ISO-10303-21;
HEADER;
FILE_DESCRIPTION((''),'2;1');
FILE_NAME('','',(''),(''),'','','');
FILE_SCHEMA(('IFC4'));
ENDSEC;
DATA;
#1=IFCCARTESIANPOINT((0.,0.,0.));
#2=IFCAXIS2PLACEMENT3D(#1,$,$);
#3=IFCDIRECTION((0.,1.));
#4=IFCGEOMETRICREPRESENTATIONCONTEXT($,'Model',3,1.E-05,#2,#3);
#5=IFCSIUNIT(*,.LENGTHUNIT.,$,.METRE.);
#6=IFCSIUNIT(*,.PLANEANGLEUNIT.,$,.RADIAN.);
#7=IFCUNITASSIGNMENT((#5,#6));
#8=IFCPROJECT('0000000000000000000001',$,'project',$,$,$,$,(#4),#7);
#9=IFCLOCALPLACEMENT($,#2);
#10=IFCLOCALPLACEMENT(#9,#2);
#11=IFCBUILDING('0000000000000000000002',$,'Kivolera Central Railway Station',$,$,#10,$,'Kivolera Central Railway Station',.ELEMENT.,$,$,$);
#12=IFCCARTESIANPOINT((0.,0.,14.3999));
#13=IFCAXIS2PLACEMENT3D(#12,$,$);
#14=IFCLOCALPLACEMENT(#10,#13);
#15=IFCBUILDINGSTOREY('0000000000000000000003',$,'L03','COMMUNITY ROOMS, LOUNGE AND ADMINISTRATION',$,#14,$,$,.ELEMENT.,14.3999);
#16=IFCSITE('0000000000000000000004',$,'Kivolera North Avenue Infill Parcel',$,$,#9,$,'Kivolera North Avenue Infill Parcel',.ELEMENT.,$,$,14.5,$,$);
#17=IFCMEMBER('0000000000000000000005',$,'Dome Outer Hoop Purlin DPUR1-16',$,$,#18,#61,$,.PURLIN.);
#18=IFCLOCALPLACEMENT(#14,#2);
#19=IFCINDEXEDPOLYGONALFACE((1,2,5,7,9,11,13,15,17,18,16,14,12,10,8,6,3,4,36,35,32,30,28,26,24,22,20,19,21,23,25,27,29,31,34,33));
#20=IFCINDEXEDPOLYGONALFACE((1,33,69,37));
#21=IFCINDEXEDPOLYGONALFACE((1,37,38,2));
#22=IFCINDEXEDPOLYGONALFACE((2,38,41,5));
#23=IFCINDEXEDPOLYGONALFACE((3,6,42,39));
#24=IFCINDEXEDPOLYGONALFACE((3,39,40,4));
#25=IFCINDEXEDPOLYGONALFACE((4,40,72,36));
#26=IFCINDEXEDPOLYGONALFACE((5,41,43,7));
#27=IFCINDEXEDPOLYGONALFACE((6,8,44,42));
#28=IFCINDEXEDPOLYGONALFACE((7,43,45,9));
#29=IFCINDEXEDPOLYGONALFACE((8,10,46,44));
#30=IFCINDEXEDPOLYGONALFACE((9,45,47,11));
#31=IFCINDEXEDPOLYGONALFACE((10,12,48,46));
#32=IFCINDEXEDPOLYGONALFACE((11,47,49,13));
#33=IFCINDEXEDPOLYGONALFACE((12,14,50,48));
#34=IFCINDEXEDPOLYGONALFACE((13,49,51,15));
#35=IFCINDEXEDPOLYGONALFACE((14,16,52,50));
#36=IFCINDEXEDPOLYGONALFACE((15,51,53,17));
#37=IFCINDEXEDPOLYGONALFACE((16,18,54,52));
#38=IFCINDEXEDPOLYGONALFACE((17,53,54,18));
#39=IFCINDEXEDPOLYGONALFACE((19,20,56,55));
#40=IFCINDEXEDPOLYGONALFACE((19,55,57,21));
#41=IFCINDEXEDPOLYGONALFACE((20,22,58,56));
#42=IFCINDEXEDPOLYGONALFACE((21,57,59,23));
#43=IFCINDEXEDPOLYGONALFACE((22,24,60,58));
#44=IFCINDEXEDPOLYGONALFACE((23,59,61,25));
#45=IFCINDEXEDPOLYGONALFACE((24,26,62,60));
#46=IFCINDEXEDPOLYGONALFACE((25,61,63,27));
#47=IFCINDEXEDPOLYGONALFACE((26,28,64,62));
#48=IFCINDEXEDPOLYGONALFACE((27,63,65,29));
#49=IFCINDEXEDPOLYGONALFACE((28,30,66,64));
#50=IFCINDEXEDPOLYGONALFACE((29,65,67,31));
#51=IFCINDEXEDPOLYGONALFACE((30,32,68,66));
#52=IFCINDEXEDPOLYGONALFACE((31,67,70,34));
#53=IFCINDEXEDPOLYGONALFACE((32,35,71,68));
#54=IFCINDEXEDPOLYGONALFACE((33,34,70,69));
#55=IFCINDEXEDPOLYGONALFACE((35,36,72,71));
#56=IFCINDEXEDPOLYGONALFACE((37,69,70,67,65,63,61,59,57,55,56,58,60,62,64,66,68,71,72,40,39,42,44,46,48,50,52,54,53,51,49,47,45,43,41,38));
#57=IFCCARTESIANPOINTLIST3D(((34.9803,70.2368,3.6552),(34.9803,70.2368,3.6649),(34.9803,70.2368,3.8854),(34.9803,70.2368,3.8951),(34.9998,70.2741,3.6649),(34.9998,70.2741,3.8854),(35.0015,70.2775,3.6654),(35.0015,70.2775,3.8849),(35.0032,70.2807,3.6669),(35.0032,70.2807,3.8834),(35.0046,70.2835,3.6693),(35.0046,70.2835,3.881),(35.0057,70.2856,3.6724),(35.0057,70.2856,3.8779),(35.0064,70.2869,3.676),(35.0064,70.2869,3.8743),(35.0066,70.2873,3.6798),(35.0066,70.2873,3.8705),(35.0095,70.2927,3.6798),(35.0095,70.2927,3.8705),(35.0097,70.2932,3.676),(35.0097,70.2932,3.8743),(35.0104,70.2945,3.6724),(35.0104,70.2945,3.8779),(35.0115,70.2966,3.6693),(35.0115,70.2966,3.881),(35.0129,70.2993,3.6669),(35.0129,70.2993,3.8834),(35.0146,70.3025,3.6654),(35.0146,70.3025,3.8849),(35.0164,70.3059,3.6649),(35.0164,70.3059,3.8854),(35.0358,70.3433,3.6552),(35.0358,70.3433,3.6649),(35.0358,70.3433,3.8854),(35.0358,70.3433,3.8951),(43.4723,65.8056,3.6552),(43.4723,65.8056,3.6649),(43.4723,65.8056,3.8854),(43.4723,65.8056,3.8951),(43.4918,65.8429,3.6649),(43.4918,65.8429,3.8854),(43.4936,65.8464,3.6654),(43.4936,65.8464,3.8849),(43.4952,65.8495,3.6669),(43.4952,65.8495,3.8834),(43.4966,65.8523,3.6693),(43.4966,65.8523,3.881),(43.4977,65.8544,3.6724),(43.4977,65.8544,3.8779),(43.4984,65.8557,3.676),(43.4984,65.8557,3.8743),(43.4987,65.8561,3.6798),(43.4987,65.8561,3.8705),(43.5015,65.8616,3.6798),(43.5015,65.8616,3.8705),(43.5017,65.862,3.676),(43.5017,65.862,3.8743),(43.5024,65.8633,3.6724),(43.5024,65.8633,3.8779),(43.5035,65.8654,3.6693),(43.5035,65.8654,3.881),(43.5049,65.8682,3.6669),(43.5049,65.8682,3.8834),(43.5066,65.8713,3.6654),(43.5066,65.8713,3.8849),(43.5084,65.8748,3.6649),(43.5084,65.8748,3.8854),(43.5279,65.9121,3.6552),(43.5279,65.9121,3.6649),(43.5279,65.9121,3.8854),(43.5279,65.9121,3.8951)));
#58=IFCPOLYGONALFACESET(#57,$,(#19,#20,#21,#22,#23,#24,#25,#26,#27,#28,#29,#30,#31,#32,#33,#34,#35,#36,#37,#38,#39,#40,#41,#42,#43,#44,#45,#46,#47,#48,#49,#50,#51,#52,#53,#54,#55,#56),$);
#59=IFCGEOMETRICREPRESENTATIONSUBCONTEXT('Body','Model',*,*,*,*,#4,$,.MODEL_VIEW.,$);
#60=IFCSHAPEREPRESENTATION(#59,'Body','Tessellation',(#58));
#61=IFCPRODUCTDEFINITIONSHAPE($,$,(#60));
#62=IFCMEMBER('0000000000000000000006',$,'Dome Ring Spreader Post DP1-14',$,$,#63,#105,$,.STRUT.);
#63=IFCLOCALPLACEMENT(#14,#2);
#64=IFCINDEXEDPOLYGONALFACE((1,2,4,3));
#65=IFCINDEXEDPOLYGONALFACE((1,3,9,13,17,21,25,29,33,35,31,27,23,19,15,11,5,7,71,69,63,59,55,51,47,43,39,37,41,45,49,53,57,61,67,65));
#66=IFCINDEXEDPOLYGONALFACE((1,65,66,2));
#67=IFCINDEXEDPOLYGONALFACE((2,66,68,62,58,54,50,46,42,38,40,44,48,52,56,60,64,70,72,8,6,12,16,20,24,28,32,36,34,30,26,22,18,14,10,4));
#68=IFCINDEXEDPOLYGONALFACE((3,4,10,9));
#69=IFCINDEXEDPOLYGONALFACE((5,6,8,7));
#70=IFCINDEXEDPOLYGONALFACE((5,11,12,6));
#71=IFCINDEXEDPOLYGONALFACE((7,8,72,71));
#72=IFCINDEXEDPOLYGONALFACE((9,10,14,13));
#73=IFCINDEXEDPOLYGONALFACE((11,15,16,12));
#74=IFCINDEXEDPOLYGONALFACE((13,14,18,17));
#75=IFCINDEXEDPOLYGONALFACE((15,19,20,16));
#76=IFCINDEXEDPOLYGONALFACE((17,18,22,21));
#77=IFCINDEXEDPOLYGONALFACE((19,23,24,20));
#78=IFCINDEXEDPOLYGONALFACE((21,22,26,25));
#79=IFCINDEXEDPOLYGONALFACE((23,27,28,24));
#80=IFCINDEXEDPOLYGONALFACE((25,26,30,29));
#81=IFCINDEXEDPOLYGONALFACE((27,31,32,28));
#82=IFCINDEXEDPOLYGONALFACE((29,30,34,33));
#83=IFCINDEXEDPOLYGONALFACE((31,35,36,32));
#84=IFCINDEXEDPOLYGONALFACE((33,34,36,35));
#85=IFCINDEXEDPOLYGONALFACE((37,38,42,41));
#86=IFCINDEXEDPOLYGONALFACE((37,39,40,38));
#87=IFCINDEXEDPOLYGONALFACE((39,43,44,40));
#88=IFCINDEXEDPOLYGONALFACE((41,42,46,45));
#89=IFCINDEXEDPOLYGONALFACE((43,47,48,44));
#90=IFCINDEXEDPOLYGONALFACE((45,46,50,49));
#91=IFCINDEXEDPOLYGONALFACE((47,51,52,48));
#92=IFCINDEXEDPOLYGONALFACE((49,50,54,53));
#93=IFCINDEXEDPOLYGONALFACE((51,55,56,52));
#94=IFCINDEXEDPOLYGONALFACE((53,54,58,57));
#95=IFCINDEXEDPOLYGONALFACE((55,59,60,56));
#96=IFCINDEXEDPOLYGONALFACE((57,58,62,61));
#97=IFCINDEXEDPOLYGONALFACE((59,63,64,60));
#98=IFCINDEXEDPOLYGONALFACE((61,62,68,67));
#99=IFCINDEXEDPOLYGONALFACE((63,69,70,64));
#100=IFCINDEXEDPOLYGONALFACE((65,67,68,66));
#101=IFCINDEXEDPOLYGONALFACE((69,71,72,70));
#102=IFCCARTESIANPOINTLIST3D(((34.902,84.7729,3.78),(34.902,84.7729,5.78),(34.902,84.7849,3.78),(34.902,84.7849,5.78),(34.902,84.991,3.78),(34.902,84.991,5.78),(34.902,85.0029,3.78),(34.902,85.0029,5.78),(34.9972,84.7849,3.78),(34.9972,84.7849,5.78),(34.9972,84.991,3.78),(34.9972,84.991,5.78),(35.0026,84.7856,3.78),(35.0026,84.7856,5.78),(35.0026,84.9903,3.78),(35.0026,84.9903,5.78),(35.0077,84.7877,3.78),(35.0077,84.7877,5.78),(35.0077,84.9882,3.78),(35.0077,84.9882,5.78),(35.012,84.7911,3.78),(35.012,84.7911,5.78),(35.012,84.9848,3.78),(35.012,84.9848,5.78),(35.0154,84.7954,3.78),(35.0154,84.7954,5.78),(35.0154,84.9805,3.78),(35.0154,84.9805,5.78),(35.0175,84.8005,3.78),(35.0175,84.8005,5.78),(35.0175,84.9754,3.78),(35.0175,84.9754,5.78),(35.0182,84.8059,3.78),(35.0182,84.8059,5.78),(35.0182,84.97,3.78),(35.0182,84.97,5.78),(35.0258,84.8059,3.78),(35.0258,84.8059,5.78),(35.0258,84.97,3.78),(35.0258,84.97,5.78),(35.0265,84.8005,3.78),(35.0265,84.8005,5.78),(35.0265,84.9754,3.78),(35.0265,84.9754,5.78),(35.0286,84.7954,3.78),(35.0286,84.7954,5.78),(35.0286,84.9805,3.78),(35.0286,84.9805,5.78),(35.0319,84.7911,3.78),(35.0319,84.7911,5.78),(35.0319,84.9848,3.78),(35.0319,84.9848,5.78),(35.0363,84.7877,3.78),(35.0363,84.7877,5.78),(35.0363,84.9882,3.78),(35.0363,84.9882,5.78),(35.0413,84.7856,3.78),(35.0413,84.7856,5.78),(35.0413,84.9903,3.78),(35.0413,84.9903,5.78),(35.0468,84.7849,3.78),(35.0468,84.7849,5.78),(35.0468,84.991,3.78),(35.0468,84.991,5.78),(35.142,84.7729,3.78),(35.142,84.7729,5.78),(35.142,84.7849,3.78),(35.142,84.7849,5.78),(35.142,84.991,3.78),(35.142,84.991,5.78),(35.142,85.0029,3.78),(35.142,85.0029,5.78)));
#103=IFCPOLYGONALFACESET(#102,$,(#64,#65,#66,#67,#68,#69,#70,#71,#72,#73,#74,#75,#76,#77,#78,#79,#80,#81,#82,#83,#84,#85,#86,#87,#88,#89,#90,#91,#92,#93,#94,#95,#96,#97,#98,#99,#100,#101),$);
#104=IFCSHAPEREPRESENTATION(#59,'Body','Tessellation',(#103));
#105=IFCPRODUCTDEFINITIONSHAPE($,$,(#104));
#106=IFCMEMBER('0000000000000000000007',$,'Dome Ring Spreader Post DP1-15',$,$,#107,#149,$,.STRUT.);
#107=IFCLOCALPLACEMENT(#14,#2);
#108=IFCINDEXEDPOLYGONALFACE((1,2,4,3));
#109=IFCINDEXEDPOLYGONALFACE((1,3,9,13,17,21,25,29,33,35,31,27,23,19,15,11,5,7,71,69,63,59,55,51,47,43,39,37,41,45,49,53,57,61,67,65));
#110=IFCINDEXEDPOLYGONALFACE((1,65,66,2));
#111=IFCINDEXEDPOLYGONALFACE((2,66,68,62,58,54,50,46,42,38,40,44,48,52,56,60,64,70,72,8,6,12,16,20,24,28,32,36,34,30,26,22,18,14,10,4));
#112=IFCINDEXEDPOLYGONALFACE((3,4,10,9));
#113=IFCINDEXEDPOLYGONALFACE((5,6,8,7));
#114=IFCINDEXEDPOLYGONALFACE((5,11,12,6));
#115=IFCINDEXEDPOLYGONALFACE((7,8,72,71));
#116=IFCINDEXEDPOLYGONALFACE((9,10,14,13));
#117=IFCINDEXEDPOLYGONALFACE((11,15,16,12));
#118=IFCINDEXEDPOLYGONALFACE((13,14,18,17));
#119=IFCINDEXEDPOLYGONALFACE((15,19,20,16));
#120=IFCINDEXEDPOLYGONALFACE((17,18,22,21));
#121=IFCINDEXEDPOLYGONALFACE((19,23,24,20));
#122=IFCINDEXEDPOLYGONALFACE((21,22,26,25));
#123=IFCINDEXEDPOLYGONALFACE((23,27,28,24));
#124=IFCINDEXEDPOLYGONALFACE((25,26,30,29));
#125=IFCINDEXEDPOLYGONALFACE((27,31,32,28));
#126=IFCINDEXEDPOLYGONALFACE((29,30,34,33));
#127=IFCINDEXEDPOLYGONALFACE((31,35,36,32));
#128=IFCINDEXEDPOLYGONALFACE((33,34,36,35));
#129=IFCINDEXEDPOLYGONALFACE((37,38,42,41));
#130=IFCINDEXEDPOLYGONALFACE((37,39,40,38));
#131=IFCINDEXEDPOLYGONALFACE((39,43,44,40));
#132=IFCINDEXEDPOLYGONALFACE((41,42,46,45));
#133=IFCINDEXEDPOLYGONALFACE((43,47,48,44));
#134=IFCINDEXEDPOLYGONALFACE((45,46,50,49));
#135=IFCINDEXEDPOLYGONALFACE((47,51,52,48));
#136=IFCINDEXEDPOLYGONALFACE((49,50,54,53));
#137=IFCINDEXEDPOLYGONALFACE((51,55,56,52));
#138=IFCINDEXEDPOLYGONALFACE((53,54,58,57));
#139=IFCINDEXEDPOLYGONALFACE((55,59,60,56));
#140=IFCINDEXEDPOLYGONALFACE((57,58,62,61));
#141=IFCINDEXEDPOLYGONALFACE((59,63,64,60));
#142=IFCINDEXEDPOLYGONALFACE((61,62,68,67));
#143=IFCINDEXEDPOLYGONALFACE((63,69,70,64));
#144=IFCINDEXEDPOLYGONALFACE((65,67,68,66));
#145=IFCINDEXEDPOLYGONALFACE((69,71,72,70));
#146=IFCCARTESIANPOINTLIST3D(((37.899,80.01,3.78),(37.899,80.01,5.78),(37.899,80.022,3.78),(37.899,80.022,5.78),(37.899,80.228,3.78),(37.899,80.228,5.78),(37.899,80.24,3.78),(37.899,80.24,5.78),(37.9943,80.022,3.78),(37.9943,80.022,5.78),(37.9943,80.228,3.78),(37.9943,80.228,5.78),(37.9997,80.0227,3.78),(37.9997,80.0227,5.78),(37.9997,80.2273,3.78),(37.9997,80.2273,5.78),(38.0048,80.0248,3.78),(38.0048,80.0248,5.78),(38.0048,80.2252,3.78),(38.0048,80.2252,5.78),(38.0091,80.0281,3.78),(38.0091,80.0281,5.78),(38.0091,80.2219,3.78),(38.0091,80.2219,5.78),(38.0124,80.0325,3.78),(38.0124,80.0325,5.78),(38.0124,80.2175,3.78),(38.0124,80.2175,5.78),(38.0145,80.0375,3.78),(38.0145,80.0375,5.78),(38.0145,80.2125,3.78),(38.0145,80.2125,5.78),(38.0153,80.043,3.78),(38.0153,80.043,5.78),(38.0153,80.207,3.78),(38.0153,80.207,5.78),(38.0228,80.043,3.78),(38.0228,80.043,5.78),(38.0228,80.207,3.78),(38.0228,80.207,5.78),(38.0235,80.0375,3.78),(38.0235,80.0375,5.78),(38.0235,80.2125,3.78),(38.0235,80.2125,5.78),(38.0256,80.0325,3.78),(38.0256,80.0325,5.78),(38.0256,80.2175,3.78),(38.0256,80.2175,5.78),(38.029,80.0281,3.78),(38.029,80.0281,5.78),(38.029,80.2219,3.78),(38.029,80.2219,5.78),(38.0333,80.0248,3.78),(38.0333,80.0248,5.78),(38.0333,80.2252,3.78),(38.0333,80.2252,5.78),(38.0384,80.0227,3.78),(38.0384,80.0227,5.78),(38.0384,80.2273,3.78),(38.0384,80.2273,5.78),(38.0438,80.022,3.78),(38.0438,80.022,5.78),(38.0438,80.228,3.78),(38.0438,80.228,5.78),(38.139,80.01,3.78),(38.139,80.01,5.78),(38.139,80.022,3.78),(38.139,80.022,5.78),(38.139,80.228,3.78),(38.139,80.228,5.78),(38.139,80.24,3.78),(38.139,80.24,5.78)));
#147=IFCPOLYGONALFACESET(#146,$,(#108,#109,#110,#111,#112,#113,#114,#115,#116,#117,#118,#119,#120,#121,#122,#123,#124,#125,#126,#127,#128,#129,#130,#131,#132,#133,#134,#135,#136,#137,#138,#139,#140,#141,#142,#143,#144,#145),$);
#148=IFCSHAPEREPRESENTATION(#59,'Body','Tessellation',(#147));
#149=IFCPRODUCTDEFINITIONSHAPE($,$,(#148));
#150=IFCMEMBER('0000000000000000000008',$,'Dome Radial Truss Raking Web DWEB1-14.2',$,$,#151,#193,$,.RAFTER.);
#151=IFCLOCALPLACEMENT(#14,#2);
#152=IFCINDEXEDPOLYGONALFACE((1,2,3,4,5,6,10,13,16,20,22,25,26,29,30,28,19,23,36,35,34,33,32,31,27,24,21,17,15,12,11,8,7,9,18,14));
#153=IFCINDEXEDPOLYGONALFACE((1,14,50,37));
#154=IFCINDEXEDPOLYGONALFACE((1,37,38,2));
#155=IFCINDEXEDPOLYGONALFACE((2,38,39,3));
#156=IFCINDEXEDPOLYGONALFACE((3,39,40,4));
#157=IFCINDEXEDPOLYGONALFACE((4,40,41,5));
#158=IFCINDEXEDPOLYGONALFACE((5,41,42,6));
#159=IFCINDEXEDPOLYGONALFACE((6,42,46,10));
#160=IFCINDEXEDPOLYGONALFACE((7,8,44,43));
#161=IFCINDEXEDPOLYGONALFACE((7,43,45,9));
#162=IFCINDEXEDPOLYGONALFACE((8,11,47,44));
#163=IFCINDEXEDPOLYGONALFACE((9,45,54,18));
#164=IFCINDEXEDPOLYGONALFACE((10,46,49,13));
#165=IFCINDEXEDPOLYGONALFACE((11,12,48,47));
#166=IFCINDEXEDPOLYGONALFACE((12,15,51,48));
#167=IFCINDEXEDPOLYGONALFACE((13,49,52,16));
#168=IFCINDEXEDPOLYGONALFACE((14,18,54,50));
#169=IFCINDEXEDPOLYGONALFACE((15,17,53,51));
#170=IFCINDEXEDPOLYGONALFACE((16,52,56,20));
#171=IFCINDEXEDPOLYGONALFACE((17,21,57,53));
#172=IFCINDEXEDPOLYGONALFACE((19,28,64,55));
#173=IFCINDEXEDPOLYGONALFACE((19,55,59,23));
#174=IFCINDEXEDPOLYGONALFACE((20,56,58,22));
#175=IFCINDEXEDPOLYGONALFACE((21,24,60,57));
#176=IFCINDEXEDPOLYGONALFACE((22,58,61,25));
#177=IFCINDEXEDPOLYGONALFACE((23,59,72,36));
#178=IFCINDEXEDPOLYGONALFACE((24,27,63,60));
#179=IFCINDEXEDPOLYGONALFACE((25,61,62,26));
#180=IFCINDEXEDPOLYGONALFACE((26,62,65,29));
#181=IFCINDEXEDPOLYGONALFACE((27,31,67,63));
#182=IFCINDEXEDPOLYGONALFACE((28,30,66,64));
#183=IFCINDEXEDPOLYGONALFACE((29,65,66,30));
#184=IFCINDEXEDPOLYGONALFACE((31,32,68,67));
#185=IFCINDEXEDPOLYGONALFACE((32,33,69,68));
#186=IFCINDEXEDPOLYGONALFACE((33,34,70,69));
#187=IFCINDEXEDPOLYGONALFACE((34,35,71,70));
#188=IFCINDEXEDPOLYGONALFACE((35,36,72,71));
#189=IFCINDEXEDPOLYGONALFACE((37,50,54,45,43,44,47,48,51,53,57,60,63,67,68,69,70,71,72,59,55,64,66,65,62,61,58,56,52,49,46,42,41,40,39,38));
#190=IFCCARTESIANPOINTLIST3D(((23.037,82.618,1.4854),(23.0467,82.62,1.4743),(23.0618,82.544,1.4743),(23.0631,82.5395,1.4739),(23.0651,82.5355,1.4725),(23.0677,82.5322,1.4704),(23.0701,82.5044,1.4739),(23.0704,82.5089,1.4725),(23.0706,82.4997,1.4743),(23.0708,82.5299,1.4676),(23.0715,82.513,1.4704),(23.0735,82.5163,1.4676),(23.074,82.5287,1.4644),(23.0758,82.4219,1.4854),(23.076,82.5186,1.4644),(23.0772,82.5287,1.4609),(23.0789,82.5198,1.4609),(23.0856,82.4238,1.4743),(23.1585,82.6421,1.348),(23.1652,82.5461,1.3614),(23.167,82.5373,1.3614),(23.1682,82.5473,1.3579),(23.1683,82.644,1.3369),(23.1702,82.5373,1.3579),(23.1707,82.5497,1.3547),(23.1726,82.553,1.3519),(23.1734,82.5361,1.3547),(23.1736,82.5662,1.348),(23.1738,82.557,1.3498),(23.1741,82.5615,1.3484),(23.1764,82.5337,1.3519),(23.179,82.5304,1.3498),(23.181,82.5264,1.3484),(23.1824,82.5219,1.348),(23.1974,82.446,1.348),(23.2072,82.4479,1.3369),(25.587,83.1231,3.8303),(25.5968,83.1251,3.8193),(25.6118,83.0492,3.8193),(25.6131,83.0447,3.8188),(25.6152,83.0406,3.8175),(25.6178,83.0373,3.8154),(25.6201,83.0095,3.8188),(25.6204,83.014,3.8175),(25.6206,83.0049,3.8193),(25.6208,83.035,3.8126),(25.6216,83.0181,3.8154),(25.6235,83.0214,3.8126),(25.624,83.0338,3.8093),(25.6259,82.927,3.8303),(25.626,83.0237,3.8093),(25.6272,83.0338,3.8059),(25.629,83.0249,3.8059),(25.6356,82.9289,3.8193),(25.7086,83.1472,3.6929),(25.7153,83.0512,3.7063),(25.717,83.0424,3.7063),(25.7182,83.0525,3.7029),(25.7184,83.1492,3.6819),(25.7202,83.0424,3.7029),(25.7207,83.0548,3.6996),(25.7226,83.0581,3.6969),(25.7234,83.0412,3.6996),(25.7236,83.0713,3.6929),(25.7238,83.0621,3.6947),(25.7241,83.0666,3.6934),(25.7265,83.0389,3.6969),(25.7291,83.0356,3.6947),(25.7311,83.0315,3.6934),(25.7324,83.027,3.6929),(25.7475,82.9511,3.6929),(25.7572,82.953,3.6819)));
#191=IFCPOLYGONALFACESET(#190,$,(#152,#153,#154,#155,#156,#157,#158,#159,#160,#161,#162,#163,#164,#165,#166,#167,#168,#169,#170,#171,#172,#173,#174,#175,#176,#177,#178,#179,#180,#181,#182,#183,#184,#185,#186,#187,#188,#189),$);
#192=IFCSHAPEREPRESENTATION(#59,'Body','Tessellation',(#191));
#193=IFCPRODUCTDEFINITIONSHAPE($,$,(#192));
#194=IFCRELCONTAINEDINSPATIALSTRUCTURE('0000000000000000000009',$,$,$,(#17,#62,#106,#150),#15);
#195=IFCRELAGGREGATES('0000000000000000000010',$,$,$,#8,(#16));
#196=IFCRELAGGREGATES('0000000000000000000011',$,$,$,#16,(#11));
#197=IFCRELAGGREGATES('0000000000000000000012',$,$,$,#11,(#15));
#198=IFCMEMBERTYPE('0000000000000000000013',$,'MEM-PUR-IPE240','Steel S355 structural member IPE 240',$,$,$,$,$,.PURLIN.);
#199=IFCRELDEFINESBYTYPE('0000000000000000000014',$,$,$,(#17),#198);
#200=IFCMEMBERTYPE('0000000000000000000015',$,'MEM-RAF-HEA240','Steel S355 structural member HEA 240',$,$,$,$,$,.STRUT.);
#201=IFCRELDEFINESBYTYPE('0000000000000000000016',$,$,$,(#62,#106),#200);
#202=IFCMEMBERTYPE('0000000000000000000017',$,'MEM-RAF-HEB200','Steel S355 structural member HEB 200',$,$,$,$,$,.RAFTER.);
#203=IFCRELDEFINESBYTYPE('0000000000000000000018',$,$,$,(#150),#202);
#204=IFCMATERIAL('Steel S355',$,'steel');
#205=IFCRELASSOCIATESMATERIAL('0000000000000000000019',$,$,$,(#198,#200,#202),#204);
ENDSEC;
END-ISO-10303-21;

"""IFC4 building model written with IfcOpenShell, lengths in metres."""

from ifc_helpers import new_model, si_unit, direction, frame, origin, origin_2d, place, context, subcontext, project, spatial, i_section, extrude, material, material_profile, profile_set, type_object, element, save


model = new_model("IFC4")

# Units and contexts
model_context = context("Model", 3, precision=1e-05, world=origin(), true_north=direction((0.0, 1.0)))
body_context = subcontext(model_context, "Body", "Model", "MODEL_VIEW")
ifc_project = project(units=[si_unit("LENGTHUNIT", "METRE"), si_unit("PLANEANGLEUNIT", "RADIAN")], contexts=[model_context])

# Site, building, storey
site_placement = place(None, origin())
site = spatial("IfcSite", under=ifc_project, at=site_placement, Name="Kivolera North Avenue Infill Parcel", LongName="Kivolera North Avenue Infill Parcel", CompositionType="ELEMENT", RefElevation=14.5)
building_placement = place(site_placement, origin())
building = spatial("IfcBuilding", under=site, at=building_placement, Name="Kivolera Central Railway Station", LongName="Kivolera Central Railway Station", CompositionType="ELEMENT")
storey_placement = place(building_placement, frame((0.0, 0.0, 14.3999)))
storey = spatial("IfcBuildingStorey", under=building, at=storey_placement, Name="L03", Description="COMMUNITY ROOMS, LOUNGE AND ADMINISTRATION", CompositionType="ELEMENT", Elevation=14.3999)

# Shared definitions
ifc_material_1 = material(Name="Steel S355", Category="steel")

# Members
ifc_material_profile_1 = material_profile(ifc_material_1, i_section(OverallWidth=0.1201, OverallDepth=0.24, WebThickness=0.0061, FlangeThickness=0.0098, FilletRadius=0.0149, at=origin_2d()), Name="IPE 240")
ifc_profile_set_1 = profile_set([ifc_material_profile_1], Name="Steel S355")
member_type_1 = type_object("IfcMemberType", Name="MEM-PUR-IPE240", Description="Steel S355 structural member IPE 240", PredefinedType="PURLIN", material=ifc_profile_set_1)
member_1_placement = place(storey_placement, frame((35.0081, 70.29, 3.7751), z_axis=(0.88656, -0.462613, 0.0), x_axis=(0.462613, 0.88656, 0.0)))
element("IfcMember", 1, at=member_1_placement, inside=storey, type_object=member_type_1, Name="Dome Outer Hoop Purlin DPUR1-16", PredefinedType="PURLIN", context=body_context, shape_type="SweptSolid", body=[
    extrude(i_section(OverallWidth=0.1201, OverallDepth=0.24, WebThickness=0.0061, FlangeThickness=0.0098, FilletRadius=0.0149, at=origin_2d()), origin(), (0.0, 0.0, 1.0), 9.5786),
])
ifc_material_profile_2 = material_profile(ifc_material_1, i_section(OverallWidth=0.24, OverallDepth=0.23, WebThickness=0.0076, FlangeThickness=0.012, FilletRadius=0.021, at=origin_2d()), Name="HEA 240")
ifc_profile_set_2 = profile_set([ifc_material_profile_2], Name="Steel S355")
member_type_2 = type_object("IfcMemberType", Name="MEM-RAF-HEA240", Description="Steel S355 structural member HEA 240", PredefinedType="STRUT", material=ifc_profile_set_2)
for number, where, z_axis, x_axis, name in (
    (2, (35.022, 84.8879, 3.78), (0.0, 0.0, 1.0), (1.0, 0.0, 0.0), "Dome Ring Spreader Post DP1-14"),
    (3, (38.019, 80.125, 3.78), (0.0, 0.0, 1.0), (1.0, 0.0, 0.0), "Dome Ring Spreader Post DP1-15"),
):
    element("IfcMember", number, at=place(storey_placement, frame(where, z_axis=z_axis, x_axis=x_axis)), inside=storey, type_object=member_type_2, Name=name, PredefinedType="STRUT", context=body_context, shape_type="SweptSolid", body=[
        extrude(i_section(OverallWidth=0.24, OverallDepth=0.23, WebThickness=0.0076, FlangeThickness=0.012, FilletRadius=0.021, at=origin_2d()), origin(), (0.0, 0.0, 1.0), 2.0),
    ])
ifc_material_profile_3 = material_profile(ifc_material_1, i_section(OverallWidth=0.2, OverallDepth=0.2, WebThickness=0.009, FlangeThickness=0.0149, FilletRadius=0.0181, at=origin_2d()), Name="HEB 200")
ifc_profile_set_3 = profile_set([ifc_material_profile_3], Name="Steel S355")
member_type_3 = type_object("IfcMemberType", Name="MEM-RAF-HEB200", Description="Steel S355 structural member HEB 200", PredefinedType="RAFTER", material=ifc_profile_set_3)
member_2_placement = place(storey_placement, frame((23.1221, 82.533, 1.4111), z_axis=(0.728384, 0.144282, 0.669806), x_axis=(-0.19431, 0.98094, 0.0)))
element("IfcMember", 4, at=member_2_placement, inside=storey, type_object=member_type_3, Name="Dome Radial Truss Raking Web DWEB1-14.2", PredefinedType="RAFTER", context=body_context, shape_type="SweptSolid", body=[
    extrude(i_section(OverallWidth=0.2, OverallDepth=0.2, WebThickness=0.009, FlangeThickness=0.0149, FilletRadius=0.0181, at=origin_2d()), origin(), (0.0, 0.0, 1.0), 3.501),
])

save(model, "model.ifc")
